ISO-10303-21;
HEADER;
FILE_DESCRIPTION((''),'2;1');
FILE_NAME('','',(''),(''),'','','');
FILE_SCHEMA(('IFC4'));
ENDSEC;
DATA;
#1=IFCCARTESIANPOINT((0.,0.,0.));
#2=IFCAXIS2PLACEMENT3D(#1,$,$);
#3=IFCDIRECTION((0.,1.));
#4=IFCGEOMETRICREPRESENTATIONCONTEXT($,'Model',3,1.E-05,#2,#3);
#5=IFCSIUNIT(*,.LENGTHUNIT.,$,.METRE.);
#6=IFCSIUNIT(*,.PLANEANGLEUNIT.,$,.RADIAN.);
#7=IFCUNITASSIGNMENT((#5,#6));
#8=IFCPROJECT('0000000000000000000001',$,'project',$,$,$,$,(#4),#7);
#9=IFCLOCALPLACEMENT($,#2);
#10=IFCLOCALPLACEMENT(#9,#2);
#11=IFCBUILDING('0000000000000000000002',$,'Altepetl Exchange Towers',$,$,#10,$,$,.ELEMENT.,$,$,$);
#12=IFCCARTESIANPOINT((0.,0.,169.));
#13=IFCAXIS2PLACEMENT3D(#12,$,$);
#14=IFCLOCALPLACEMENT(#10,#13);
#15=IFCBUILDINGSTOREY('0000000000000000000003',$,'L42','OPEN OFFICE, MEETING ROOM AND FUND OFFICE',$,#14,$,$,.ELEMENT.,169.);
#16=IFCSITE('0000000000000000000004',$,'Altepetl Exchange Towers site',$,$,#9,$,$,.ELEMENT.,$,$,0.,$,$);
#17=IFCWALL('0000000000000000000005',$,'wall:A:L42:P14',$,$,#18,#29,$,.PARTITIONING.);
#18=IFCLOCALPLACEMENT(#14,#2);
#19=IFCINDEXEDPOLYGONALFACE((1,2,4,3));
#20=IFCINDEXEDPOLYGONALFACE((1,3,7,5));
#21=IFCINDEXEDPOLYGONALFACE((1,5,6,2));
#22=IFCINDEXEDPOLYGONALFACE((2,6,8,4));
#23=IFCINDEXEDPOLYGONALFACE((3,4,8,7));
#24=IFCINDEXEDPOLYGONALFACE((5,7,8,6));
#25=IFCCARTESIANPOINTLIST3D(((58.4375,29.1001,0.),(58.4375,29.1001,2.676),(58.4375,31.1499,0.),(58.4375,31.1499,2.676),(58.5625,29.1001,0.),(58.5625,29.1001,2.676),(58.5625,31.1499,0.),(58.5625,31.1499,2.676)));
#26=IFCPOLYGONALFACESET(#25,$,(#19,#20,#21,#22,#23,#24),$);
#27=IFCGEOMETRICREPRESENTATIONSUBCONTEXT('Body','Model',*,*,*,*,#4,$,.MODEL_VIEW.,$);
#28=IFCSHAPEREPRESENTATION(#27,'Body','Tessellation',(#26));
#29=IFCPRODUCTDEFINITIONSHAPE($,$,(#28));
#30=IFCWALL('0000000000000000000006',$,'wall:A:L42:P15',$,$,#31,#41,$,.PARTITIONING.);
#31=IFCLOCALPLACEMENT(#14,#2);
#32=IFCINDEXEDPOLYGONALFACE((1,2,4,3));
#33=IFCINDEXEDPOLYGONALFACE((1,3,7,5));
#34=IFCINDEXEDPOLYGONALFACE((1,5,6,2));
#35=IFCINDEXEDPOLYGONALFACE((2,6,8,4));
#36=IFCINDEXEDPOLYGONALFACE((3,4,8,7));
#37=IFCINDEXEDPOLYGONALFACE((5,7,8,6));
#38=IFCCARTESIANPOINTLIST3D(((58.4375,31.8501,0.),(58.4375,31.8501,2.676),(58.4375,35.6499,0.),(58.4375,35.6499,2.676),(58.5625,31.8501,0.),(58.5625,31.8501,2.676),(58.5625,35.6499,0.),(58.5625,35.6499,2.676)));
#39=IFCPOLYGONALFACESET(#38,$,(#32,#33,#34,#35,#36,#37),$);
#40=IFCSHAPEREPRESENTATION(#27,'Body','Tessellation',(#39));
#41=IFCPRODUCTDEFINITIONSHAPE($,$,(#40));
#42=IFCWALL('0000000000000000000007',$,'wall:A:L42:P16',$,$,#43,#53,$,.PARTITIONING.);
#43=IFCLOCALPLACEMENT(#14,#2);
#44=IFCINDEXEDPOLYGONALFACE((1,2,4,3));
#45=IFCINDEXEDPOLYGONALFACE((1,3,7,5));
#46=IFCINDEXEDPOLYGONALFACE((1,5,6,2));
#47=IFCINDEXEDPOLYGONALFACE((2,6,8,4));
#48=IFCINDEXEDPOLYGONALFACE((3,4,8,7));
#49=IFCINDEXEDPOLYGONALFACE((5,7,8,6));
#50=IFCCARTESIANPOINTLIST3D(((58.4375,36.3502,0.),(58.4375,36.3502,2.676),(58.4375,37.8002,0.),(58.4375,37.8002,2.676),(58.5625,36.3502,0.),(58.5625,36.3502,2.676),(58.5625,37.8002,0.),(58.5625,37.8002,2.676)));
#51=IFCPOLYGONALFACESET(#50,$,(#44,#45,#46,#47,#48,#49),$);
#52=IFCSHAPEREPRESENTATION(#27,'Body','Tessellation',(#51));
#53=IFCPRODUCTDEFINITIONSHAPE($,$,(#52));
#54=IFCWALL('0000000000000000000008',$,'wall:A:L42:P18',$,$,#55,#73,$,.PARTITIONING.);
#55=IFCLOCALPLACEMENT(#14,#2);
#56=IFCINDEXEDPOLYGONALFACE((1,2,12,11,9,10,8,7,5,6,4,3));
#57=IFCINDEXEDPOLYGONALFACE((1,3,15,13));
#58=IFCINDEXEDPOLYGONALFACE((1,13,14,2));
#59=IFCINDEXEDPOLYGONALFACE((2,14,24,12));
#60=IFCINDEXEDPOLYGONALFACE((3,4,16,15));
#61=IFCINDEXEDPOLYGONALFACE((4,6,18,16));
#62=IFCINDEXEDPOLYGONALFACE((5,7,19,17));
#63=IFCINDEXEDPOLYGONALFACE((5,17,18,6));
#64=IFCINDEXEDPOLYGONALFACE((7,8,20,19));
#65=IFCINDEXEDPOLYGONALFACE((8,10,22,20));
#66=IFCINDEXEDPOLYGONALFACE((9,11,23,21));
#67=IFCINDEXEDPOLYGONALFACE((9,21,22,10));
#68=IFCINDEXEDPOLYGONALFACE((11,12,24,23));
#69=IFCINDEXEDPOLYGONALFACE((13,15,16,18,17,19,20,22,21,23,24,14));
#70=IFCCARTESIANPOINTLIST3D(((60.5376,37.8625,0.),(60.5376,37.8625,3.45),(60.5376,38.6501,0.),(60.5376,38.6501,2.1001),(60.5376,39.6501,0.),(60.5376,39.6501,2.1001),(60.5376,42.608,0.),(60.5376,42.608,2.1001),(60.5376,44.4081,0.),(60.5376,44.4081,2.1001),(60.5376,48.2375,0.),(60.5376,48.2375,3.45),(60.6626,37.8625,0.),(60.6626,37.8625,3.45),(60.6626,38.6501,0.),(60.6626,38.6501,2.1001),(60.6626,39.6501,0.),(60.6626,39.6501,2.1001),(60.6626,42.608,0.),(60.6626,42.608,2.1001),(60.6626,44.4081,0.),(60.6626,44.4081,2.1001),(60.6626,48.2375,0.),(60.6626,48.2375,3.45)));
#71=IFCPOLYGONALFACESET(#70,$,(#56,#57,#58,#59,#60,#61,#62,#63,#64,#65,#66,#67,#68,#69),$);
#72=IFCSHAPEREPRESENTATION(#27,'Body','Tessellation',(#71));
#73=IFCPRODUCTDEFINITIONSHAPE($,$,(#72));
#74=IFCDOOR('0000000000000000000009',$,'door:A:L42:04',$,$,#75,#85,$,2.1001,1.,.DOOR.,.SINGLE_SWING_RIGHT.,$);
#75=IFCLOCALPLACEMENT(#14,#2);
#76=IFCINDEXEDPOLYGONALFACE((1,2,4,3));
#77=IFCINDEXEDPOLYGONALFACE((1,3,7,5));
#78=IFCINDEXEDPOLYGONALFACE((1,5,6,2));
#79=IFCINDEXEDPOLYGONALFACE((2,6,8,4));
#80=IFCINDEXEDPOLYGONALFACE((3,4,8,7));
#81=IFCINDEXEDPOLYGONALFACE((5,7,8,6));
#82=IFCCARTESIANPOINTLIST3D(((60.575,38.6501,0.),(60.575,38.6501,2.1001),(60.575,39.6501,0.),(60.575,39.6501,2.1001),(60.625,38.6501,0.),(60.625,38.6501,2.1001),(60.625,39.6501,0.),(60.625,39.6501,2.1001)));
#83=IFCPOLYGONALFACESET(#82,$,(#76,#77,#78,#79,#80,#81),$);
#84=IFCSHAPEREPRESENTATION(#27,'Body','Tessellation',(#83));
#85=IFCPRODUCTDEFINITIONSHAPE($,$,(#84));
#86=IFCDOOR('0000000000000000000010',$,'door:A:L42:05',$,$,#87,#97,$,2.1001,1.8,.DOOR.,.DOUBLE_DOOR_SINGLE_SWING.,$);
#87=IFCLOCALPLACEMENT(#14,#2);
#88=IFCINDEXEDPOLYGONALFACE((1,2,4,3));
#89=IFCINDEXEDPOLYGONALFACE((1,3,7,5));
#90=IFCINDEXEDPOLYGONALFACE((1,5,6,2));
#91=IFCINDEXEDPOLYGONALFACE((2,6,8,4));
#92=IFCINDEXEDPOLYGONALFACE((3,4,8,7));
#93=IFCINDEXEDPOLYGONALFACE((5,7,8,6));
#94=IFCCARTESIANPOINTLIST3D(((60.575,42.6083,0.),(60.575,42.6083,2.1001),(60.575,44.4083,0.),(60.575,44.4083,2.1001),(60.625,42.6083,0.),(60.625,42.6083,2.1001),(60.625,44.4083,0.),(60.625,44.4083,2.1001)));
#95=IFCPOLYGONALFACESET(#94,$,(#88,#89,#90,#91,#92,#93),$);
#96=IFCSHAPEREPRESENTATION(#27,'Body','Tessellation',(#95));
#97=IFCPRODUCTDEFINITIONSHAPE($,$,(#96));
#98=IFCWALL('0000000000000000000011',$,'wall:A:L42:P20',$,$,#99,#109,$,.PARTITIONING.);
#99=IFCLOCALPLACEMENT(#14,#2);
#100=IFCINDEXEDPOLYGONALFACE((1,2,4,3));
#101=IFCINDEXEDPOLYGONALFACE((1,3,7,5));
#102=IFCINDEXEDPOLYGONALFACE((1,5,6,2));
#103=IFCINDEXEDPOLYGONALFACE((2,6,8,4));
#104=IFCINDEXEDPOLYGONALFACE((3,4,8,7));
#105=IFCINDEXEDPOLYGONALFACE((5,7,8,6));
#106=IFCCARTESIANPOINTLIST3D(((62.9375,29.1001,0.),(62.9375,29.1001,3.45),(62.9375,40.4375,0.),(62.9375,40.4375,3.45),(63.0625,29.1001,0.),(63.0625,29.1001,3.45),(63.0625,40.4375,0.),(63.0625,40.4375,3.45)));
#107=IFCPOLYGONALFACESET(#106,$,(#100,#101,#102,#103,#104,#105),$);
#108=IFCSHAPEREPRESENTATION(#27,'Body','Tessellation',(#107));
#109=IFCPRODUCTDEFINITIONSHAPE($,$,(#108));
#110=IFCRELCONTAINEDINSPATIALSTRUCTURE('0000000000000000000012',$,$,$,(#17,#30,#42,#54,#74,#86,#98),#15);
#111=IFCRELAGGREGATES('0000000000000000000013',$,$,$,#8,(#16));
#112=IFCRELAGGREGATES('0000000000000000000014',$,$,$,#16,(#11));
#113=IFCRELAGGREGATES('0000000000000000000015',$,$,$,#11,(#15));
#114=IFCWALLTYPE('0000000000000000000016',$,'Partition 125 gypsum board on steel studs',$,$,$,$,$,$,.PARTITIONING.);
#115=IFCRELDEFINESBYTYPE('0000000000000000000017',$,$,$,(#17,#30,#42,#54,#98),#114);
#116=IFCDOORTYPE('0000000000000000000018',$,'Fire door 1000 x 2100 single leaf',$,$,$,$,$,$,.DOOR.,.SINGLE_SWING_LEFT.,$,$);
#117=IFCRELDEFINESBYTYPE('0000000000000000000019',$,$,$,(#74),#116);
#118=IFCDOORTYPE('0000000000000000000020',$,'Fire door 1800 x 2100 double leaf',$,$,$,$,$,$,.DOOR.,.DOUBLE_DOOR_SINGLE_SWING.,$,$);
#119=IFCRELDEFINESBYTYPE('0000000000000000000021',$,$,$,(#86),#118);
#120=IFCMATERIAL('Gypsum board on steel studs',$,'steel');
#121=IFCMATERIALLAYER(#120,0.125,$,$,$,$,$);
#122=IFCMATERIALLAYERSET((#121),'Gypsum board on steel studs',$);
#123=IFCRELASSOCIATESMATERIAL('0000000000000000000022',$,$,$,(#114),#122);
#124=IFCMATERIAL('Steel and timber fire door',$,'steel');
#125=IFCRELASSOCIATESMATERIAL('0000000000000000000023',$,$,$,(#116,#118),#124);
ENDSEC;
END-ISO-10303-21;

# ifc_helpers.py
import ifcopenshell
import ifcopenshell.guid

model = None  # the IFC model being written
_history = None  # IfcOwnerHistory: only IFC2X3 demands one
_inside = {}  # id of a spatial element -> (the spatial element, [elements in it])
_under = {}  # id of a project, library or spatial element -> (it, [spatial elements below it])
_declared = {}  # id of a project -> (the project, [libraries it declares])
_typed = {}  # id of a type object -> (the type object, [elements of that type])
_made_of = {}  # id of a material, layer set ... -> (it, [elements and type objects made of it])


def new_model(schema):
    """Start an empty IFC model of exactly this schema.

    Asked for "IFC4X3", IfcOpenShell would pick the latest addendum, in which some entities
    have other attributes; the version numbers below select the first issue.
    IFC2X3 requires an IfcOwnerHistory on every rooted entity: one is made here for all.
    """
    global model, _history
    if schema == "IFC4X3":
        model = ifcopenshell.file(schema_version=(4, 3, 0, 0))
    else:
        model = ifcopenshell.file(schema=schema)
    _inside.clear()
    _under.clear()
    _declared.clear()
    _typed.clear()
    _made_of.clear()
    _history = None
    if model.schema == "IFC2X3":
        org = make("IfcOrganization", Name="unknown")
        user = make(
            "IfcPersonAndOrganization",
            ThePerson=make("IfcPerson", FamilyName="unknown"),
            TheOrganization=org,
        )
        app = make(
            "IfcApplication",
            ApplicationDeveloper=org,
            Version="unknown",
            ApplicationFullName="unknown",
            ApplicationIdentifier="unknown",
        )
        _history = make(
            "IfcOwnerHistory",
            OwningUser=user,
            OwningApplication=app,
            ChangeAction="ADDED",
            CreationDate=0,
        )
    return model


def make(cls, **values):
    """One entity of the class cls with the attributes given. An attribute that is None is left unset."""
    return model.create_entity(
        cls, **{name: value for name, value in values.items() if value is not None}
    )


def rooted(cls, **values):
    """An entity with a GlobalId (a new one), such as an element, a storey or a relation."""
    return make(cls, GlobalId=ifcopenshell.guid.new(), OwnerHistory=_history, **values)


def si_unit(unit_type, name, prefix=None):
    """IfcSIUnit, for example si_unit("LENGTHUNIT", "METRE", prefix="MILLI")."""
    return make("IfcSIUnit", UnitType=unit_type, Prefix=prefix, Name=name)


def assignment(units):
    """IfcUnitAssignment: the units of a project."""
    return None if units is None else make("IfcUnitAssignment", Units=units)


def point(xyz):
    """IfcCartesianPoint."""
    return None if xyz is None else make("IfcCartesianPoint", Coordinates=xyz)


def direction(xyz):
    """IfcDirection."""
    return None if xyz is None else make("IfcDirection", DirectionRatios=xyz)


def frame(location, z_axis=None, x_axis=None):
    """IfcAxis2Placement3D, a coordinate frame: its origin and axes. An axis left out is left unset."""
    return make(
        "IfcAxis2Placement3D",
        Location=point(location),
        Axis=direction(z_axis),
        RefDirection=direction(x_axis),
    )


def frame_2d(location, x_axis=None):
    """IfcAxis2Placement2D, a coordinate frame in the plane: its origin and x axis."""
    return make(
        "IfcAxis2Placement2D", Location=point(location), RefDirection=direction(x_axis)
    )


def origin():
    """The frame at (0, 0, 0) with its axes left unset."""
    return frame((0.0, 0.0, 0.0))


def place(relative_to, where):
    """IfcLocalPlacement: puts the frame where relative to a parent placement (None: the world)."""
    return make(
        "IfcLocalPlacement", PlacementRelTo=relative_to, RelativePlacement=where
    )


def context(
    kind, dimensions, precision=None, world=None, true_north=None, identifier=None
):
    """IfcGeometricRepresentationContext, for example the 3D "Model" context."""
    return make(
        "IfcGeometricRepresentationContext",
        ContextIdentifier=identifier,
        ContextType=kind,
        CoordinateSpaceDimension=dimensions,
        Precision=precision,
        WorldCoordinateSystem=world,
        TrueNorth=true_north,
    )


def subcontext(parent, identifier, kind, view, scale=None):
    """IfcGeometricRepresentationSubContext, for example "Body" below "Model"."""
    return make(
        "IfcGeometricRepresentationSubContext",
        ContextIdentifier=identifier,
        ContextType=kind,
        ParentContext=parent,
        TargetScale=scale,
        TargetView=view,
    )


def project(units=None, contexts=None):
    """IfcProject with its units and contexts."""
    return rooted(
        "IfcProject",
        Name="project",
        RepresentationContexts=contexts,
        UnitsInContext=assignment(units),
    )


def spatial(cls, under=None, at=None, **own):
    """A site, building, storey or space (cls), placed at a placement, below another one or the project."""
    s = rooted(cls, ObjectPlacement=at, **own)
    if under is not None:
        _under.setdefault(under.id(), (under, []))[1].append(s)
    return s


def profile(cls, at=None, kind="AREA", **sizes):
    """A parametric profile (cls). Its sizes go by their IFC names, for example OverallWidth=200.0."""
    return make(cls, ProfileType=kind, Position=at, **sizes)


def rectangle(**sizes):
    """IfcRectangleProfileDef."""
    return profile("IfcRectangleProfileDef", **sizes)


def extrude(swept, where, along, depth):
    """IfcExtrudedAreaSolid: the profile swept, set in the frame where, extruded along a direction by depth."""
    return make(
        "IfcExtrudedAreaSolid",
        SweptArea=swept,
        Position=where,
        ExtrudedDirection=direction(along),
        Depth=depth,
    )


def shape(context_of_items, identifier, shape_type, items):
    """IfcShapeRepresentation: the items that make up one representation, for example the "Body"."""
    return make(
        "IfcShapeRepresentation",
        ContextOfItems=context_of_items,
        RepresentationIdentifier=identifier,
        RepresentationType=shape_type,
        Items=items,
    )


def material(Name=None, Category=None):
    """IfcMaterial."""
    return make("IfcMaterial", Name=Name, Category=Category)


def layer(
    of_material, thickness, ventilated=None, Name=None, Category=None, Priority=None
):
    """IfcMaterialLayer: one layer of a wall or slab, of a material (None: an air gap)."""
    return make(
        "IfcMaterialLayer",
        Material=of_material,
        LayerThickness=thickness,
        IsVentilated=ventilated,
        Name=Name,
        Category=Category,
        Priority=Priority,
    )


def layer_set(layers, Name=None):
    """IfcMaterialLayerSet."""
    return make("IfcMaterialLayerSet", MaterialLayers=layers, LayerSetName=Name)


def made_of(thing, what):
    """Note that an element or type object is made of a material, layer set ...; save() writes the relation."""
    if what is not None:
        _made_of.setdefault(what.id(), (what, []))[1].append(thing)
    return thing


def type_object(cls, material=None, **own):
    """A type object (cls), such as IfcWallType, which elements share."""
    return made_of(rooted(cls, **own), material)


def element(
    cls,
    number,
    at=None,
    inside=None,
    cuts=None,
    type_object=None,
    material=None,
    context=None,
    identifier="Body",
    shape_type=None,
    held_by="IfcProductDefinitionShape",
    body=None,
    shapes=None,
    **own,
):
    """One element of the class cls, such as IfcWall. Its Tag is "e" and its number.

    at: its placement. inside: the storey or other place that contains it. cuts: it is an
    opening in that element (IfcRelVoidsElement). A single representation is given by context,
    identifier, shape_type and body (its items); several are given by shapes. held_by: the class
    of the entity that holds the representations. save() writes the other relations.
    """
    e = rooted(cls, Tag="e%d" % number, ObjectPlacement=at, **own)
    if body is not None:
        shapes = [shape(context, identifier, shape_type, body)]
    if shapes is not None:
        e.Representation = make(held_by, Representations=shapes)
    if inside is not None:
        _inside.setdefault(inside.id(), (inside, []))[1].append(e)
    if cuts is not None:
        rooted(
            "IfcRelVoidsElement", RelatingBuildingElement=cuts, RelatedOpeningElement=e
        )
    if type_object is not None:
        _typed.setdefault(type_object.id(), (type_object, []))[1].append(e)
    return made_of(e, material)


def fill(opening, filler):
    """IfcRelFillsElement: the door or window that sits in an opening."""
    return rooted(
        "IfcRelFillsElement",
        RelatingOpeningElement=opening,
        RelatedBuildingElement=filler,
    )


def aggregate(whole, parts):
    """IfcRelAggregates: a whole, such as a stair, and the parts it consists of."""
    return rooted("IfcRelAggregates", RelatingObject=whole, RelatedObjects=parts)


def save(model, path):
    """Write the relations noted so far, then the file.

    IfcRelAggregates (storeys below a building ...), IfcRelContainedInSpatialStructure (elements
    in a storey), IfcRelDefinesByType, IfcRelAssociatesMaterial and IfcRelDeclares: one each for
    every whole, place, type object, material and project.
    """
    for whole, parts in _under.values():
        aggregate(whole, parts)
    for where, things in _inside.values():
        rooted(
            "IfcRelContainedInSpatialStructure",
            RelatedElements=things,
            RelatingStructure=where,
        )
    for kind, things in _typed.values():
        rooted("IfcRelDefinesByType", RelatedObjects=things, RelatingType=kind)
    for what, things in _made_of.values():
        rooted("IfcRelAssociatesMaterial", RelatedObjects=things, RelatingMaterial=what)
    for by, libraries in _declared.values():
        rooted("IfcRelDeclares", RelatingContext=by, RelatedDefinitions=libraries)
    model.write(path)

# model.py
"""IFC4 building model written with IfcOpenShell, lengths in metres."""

from ifc_helpers import new_model, si_unit, direction, frame, frame_2d, origin, place, context, subcontext, project, spatial, rectangle, extrude, material, layer, layer_set, type_object, element, fill, save


model = new_model("IFC4")

# Units and contexts
model_context = context("Model", 3, precision=1e-05, world=origin(), true_north=direction((0.0, 1.0)))
body_context = subcontext(model_context, "Body", "Model", "MODEL_VIEW")
ifc_project = project(units=[si_unit("LENGTHUNIT", "METRE"), si_unit("PLANEANGLEUNIT", "RADIAN")], contexts=[model_context])

# Site, building, storey
site_placement = place(None, origin())
site = spatial("IfcSite", under=ifc_project, at=site_placement, Name="Altepetl Exchange Towers site", CompositionType="ELEMENT", RefElevation=0.0)
building_placement = place(site_placement, origin())
building = spatial("IfcBuilding", under=site, at=building_placement, Name="Altepetl Exchange Towers", CompositionType="ELEMENT")
storey_placement = place(building_placement, frame((0.0, 0.0, 169.0)))
storey = spatial("IfcBuildingStorey", under=building, at=storey_placement, Name="L42", Description="OPEN OFFICE, MEETING ROOM AND FUND OFFICE", CompositionType="ELEMENT", Elevation=169.0)

# Walls
ifc_material_1 = material(Name="Gypsum board on steel studs", Category="steel")
ifc_layer_1 = layer(ifc_material_1, 0.125)
ifc_layer_set_1 = layer_set([ifc_layer_1], Name="Gypsum board on steel studs")
wall_type = type_object("IfcWallType", Name="Partition 125 gypsum board on steel studs", PredefinedType="PARTITIONING", material=ifc_layer_set_1)
wall_1_placement = place(storey_placement, frame((58.5, 29.1001, 0.0), z_axis=(0.0, 0.0, 1.0), x_axis=(0.0, 1.0, 0.0)))
element("IfcWall", 1, at=wall_1_placement, inside=storey, type_object=wall_type, Name="wall:A:L42:P14", PredefinedType="PARTITIONING", context=body_context, shape_type="SweptSolid", body=[
    extrude(rectangle(XDim=2.0498, YDim=0.125, at=frame_2d((1.0249, 0.0))), origin(), (0.0, 0.0, 1.0), 2.676),
])
wall_2_placement = place(storey_placement, frame((58.5, 31.8501, 0.0), z_axis=(0.0, 0.0, 1.0), x_axis=(0.0, 1.0, 0.0)))
element("IfcWall", 2, at=wall_2_placement, inside=storey, type_object=wall_type, Name="wall:A:L42:P15", PredefinedType="PARTITIONING", context=body_context, shape_type="SweptSolid", body=[
    extrude(rectangle(XDim=3.7998, YDim=0.125, at=frame_2d((1.8999, 0.0))), origin(), (0.0, 0.0, 1.0), 2.676),
])
wall_3_placement = place(storey_placement, frame((58.5, 36.3501, 0.0), z_axis=(0.0, 0.0, 1.0), x_axis=(0.0, 1.0, 0.0)))
element("IfcWall", 3, at=wall_3_placement, inside=storey, type_object=wall_type, Name="wall:A:L42:P16", PredefinedType="PARTITIONING", context=body_context, shape_type="SweptSolid", body=[
    extrude(rectangle(XDim=1.45, YDim=0.125, at=frame_2d((0.7251, 0.0))), origin(), (0.0, 0.0, 1.0), 2.676),
])

# Wall, openings, doors
wall_4_placement = place(storey_placement, frame((60.6001, 37.8625, 0.0), z_axis=(0.0, 0.0, 1.0), x_axis=(0.0, 1.0, 0.0)))
wall_4 = element("IfcWall", 4, at=wall_4_placement, inside=storey, type_object=wall_type, Name="wall:A:L42:P18", PredefinedType="PARTITIONING", context=body_context, shape_type="SweptSolid", body=[
    extrude(rectangle(XDim=10.375, YDim=0.125, at=frame_2d((5.1875, 0.0))), origin(), (0.0, 0.0, 1.0), 3.45),
])
opening_1_placement = place(wall_4_placement, frame((0.7876, 0.0, 0.0)))
opening_1 = element("IfcOpeningElement", 5, at=opening_1_placement, cuts=wall_4, PredefinedType="OPENING", context=body_context, shape_type="SweptSolid", body=[
    extrude(rectangle(XDim=1.0, YDim=2.1001, at=frame_2d((0.5, 1.05))), frame((0.0, 0.0725, 0.0), z_axis=(0.0, -1.0, 0.0), x_axis=(1.0, 0.0, 0.0)), (0.0, 0.0, 1.0), 0.145),
])
opening_2_placement = place(wall_4_placement, frame((4.7456, 0.0, 0.0)))
opening_2 = element("IfcOpeningElement", 6, at=opening_2_placement, cuts=wall_4, PredefinedType="OPENING", context=body_context, shape_type="SweptSolid", body=[
    extrude(rectangle(XDim=1.8, YDim=2.1001, at=frame_2d((0.8999, 1.05))), frame((0.0, 0.0725, 0.0), z_axis=(0.0, -1.0, 0.0), x_axis=(1.0, 0.0, 0.0)), (0.0, 0.0, 1.0), 0.145),
])
ifc_material_2 = material(Name="Steel and timber fire door", Category="steel")
door_type_1 = type_object("IfcDoorType", Name="Fire door 1000 x 2100 single leaf", OperationType="SINGLE_SWING_LEFT", PredefinedType="DOOR", material=ifc_material_2)
door_1_placement = place(opening_1_placement, frame((1.0, 0.0, 0.0), x_axis=(-1.0, 0.0, 0.0)))
door_1 = element("IfcDoor", 7, at=door_1_placement, inside=storey, type_object=door_type_1, Name="door:A:L42:04", OperationType="SINGLE_SWING_RIGHT", OverallHeight=2.1001, OverallWidth=1.0, PredefinedType="DOOR", context=body_context, shape_type="SweptSolid", body=[
    extrude(rectangle(XDim=1.0, YDim=2.1001, at=frame_2d((0.5, 1.05))), frame((0.0, 0.0249, 0.0), z_axis=(0.0, -1.0, 0.0), x_axis=(1.0, 0.0, 0.0)), (0.0, 0.0, 1.0), 0.05),
])
fill(opening_1, door_1)
door_type_2 = type_object("IfcDoorType", Name="Fire door 1800 x 2100 double leaf", OperationType="DOUBLE_DOOR_SINGLE_SWING", PredefinedType="DOOR", material=ifc_material_2)
door_2_placement = place(opening_2_placement, frame((1.8, 0.0, 0.0), x_axis=(-1.0, 0.0, 0.0)))
door_2 = element("IfcDoor", 8, at=door_2_placement, inside=storey, type_object=door_type_2, Name="door:A:L42:05", OperationType="DOUBLE_DOOR_SINGLE_SWING", OverallHeight=2.1001, OverallWidth=1.8, PredefinedType="DOOR", context=body_context, shape_type="SweptSolid", body=[
    extrude(rectangle(XDim=1.8, YDim=2.1001, at=frame_2d((0.8999, 1.05))), frame((0.0, 0.0249, 0.0), z_axis=(0.0, -1.0, 0.0), x_axis=(1.0, 0.0, 0.0)), (0.0, 0.0, 1.0), 0.05),
])
fill(opening_2, door_2)

# Wall
wall_5_placement = place(storey_placement, frame((63.0, 29.1001, 0.0), z_axis=(0.0, 0.0, 1.0), x_axis=(0.0, 1.0, 0.0)))
element("IfcWall", 9, at=wall_5_placement, inside=storey, type_object=wall_type, Name="wall:A:L42:P20", PredefinedType="PARTITIONING", context=body_context, shape_type="SweptSolid", body=[
    extrude(rectangle(XDim=11.3374, YDim=0.125, at=frame_2d((5.6687, 0.0))), origin(), (0.0, 0.0, 1.0), 3.45),
])

save(model, "model.ifc")
